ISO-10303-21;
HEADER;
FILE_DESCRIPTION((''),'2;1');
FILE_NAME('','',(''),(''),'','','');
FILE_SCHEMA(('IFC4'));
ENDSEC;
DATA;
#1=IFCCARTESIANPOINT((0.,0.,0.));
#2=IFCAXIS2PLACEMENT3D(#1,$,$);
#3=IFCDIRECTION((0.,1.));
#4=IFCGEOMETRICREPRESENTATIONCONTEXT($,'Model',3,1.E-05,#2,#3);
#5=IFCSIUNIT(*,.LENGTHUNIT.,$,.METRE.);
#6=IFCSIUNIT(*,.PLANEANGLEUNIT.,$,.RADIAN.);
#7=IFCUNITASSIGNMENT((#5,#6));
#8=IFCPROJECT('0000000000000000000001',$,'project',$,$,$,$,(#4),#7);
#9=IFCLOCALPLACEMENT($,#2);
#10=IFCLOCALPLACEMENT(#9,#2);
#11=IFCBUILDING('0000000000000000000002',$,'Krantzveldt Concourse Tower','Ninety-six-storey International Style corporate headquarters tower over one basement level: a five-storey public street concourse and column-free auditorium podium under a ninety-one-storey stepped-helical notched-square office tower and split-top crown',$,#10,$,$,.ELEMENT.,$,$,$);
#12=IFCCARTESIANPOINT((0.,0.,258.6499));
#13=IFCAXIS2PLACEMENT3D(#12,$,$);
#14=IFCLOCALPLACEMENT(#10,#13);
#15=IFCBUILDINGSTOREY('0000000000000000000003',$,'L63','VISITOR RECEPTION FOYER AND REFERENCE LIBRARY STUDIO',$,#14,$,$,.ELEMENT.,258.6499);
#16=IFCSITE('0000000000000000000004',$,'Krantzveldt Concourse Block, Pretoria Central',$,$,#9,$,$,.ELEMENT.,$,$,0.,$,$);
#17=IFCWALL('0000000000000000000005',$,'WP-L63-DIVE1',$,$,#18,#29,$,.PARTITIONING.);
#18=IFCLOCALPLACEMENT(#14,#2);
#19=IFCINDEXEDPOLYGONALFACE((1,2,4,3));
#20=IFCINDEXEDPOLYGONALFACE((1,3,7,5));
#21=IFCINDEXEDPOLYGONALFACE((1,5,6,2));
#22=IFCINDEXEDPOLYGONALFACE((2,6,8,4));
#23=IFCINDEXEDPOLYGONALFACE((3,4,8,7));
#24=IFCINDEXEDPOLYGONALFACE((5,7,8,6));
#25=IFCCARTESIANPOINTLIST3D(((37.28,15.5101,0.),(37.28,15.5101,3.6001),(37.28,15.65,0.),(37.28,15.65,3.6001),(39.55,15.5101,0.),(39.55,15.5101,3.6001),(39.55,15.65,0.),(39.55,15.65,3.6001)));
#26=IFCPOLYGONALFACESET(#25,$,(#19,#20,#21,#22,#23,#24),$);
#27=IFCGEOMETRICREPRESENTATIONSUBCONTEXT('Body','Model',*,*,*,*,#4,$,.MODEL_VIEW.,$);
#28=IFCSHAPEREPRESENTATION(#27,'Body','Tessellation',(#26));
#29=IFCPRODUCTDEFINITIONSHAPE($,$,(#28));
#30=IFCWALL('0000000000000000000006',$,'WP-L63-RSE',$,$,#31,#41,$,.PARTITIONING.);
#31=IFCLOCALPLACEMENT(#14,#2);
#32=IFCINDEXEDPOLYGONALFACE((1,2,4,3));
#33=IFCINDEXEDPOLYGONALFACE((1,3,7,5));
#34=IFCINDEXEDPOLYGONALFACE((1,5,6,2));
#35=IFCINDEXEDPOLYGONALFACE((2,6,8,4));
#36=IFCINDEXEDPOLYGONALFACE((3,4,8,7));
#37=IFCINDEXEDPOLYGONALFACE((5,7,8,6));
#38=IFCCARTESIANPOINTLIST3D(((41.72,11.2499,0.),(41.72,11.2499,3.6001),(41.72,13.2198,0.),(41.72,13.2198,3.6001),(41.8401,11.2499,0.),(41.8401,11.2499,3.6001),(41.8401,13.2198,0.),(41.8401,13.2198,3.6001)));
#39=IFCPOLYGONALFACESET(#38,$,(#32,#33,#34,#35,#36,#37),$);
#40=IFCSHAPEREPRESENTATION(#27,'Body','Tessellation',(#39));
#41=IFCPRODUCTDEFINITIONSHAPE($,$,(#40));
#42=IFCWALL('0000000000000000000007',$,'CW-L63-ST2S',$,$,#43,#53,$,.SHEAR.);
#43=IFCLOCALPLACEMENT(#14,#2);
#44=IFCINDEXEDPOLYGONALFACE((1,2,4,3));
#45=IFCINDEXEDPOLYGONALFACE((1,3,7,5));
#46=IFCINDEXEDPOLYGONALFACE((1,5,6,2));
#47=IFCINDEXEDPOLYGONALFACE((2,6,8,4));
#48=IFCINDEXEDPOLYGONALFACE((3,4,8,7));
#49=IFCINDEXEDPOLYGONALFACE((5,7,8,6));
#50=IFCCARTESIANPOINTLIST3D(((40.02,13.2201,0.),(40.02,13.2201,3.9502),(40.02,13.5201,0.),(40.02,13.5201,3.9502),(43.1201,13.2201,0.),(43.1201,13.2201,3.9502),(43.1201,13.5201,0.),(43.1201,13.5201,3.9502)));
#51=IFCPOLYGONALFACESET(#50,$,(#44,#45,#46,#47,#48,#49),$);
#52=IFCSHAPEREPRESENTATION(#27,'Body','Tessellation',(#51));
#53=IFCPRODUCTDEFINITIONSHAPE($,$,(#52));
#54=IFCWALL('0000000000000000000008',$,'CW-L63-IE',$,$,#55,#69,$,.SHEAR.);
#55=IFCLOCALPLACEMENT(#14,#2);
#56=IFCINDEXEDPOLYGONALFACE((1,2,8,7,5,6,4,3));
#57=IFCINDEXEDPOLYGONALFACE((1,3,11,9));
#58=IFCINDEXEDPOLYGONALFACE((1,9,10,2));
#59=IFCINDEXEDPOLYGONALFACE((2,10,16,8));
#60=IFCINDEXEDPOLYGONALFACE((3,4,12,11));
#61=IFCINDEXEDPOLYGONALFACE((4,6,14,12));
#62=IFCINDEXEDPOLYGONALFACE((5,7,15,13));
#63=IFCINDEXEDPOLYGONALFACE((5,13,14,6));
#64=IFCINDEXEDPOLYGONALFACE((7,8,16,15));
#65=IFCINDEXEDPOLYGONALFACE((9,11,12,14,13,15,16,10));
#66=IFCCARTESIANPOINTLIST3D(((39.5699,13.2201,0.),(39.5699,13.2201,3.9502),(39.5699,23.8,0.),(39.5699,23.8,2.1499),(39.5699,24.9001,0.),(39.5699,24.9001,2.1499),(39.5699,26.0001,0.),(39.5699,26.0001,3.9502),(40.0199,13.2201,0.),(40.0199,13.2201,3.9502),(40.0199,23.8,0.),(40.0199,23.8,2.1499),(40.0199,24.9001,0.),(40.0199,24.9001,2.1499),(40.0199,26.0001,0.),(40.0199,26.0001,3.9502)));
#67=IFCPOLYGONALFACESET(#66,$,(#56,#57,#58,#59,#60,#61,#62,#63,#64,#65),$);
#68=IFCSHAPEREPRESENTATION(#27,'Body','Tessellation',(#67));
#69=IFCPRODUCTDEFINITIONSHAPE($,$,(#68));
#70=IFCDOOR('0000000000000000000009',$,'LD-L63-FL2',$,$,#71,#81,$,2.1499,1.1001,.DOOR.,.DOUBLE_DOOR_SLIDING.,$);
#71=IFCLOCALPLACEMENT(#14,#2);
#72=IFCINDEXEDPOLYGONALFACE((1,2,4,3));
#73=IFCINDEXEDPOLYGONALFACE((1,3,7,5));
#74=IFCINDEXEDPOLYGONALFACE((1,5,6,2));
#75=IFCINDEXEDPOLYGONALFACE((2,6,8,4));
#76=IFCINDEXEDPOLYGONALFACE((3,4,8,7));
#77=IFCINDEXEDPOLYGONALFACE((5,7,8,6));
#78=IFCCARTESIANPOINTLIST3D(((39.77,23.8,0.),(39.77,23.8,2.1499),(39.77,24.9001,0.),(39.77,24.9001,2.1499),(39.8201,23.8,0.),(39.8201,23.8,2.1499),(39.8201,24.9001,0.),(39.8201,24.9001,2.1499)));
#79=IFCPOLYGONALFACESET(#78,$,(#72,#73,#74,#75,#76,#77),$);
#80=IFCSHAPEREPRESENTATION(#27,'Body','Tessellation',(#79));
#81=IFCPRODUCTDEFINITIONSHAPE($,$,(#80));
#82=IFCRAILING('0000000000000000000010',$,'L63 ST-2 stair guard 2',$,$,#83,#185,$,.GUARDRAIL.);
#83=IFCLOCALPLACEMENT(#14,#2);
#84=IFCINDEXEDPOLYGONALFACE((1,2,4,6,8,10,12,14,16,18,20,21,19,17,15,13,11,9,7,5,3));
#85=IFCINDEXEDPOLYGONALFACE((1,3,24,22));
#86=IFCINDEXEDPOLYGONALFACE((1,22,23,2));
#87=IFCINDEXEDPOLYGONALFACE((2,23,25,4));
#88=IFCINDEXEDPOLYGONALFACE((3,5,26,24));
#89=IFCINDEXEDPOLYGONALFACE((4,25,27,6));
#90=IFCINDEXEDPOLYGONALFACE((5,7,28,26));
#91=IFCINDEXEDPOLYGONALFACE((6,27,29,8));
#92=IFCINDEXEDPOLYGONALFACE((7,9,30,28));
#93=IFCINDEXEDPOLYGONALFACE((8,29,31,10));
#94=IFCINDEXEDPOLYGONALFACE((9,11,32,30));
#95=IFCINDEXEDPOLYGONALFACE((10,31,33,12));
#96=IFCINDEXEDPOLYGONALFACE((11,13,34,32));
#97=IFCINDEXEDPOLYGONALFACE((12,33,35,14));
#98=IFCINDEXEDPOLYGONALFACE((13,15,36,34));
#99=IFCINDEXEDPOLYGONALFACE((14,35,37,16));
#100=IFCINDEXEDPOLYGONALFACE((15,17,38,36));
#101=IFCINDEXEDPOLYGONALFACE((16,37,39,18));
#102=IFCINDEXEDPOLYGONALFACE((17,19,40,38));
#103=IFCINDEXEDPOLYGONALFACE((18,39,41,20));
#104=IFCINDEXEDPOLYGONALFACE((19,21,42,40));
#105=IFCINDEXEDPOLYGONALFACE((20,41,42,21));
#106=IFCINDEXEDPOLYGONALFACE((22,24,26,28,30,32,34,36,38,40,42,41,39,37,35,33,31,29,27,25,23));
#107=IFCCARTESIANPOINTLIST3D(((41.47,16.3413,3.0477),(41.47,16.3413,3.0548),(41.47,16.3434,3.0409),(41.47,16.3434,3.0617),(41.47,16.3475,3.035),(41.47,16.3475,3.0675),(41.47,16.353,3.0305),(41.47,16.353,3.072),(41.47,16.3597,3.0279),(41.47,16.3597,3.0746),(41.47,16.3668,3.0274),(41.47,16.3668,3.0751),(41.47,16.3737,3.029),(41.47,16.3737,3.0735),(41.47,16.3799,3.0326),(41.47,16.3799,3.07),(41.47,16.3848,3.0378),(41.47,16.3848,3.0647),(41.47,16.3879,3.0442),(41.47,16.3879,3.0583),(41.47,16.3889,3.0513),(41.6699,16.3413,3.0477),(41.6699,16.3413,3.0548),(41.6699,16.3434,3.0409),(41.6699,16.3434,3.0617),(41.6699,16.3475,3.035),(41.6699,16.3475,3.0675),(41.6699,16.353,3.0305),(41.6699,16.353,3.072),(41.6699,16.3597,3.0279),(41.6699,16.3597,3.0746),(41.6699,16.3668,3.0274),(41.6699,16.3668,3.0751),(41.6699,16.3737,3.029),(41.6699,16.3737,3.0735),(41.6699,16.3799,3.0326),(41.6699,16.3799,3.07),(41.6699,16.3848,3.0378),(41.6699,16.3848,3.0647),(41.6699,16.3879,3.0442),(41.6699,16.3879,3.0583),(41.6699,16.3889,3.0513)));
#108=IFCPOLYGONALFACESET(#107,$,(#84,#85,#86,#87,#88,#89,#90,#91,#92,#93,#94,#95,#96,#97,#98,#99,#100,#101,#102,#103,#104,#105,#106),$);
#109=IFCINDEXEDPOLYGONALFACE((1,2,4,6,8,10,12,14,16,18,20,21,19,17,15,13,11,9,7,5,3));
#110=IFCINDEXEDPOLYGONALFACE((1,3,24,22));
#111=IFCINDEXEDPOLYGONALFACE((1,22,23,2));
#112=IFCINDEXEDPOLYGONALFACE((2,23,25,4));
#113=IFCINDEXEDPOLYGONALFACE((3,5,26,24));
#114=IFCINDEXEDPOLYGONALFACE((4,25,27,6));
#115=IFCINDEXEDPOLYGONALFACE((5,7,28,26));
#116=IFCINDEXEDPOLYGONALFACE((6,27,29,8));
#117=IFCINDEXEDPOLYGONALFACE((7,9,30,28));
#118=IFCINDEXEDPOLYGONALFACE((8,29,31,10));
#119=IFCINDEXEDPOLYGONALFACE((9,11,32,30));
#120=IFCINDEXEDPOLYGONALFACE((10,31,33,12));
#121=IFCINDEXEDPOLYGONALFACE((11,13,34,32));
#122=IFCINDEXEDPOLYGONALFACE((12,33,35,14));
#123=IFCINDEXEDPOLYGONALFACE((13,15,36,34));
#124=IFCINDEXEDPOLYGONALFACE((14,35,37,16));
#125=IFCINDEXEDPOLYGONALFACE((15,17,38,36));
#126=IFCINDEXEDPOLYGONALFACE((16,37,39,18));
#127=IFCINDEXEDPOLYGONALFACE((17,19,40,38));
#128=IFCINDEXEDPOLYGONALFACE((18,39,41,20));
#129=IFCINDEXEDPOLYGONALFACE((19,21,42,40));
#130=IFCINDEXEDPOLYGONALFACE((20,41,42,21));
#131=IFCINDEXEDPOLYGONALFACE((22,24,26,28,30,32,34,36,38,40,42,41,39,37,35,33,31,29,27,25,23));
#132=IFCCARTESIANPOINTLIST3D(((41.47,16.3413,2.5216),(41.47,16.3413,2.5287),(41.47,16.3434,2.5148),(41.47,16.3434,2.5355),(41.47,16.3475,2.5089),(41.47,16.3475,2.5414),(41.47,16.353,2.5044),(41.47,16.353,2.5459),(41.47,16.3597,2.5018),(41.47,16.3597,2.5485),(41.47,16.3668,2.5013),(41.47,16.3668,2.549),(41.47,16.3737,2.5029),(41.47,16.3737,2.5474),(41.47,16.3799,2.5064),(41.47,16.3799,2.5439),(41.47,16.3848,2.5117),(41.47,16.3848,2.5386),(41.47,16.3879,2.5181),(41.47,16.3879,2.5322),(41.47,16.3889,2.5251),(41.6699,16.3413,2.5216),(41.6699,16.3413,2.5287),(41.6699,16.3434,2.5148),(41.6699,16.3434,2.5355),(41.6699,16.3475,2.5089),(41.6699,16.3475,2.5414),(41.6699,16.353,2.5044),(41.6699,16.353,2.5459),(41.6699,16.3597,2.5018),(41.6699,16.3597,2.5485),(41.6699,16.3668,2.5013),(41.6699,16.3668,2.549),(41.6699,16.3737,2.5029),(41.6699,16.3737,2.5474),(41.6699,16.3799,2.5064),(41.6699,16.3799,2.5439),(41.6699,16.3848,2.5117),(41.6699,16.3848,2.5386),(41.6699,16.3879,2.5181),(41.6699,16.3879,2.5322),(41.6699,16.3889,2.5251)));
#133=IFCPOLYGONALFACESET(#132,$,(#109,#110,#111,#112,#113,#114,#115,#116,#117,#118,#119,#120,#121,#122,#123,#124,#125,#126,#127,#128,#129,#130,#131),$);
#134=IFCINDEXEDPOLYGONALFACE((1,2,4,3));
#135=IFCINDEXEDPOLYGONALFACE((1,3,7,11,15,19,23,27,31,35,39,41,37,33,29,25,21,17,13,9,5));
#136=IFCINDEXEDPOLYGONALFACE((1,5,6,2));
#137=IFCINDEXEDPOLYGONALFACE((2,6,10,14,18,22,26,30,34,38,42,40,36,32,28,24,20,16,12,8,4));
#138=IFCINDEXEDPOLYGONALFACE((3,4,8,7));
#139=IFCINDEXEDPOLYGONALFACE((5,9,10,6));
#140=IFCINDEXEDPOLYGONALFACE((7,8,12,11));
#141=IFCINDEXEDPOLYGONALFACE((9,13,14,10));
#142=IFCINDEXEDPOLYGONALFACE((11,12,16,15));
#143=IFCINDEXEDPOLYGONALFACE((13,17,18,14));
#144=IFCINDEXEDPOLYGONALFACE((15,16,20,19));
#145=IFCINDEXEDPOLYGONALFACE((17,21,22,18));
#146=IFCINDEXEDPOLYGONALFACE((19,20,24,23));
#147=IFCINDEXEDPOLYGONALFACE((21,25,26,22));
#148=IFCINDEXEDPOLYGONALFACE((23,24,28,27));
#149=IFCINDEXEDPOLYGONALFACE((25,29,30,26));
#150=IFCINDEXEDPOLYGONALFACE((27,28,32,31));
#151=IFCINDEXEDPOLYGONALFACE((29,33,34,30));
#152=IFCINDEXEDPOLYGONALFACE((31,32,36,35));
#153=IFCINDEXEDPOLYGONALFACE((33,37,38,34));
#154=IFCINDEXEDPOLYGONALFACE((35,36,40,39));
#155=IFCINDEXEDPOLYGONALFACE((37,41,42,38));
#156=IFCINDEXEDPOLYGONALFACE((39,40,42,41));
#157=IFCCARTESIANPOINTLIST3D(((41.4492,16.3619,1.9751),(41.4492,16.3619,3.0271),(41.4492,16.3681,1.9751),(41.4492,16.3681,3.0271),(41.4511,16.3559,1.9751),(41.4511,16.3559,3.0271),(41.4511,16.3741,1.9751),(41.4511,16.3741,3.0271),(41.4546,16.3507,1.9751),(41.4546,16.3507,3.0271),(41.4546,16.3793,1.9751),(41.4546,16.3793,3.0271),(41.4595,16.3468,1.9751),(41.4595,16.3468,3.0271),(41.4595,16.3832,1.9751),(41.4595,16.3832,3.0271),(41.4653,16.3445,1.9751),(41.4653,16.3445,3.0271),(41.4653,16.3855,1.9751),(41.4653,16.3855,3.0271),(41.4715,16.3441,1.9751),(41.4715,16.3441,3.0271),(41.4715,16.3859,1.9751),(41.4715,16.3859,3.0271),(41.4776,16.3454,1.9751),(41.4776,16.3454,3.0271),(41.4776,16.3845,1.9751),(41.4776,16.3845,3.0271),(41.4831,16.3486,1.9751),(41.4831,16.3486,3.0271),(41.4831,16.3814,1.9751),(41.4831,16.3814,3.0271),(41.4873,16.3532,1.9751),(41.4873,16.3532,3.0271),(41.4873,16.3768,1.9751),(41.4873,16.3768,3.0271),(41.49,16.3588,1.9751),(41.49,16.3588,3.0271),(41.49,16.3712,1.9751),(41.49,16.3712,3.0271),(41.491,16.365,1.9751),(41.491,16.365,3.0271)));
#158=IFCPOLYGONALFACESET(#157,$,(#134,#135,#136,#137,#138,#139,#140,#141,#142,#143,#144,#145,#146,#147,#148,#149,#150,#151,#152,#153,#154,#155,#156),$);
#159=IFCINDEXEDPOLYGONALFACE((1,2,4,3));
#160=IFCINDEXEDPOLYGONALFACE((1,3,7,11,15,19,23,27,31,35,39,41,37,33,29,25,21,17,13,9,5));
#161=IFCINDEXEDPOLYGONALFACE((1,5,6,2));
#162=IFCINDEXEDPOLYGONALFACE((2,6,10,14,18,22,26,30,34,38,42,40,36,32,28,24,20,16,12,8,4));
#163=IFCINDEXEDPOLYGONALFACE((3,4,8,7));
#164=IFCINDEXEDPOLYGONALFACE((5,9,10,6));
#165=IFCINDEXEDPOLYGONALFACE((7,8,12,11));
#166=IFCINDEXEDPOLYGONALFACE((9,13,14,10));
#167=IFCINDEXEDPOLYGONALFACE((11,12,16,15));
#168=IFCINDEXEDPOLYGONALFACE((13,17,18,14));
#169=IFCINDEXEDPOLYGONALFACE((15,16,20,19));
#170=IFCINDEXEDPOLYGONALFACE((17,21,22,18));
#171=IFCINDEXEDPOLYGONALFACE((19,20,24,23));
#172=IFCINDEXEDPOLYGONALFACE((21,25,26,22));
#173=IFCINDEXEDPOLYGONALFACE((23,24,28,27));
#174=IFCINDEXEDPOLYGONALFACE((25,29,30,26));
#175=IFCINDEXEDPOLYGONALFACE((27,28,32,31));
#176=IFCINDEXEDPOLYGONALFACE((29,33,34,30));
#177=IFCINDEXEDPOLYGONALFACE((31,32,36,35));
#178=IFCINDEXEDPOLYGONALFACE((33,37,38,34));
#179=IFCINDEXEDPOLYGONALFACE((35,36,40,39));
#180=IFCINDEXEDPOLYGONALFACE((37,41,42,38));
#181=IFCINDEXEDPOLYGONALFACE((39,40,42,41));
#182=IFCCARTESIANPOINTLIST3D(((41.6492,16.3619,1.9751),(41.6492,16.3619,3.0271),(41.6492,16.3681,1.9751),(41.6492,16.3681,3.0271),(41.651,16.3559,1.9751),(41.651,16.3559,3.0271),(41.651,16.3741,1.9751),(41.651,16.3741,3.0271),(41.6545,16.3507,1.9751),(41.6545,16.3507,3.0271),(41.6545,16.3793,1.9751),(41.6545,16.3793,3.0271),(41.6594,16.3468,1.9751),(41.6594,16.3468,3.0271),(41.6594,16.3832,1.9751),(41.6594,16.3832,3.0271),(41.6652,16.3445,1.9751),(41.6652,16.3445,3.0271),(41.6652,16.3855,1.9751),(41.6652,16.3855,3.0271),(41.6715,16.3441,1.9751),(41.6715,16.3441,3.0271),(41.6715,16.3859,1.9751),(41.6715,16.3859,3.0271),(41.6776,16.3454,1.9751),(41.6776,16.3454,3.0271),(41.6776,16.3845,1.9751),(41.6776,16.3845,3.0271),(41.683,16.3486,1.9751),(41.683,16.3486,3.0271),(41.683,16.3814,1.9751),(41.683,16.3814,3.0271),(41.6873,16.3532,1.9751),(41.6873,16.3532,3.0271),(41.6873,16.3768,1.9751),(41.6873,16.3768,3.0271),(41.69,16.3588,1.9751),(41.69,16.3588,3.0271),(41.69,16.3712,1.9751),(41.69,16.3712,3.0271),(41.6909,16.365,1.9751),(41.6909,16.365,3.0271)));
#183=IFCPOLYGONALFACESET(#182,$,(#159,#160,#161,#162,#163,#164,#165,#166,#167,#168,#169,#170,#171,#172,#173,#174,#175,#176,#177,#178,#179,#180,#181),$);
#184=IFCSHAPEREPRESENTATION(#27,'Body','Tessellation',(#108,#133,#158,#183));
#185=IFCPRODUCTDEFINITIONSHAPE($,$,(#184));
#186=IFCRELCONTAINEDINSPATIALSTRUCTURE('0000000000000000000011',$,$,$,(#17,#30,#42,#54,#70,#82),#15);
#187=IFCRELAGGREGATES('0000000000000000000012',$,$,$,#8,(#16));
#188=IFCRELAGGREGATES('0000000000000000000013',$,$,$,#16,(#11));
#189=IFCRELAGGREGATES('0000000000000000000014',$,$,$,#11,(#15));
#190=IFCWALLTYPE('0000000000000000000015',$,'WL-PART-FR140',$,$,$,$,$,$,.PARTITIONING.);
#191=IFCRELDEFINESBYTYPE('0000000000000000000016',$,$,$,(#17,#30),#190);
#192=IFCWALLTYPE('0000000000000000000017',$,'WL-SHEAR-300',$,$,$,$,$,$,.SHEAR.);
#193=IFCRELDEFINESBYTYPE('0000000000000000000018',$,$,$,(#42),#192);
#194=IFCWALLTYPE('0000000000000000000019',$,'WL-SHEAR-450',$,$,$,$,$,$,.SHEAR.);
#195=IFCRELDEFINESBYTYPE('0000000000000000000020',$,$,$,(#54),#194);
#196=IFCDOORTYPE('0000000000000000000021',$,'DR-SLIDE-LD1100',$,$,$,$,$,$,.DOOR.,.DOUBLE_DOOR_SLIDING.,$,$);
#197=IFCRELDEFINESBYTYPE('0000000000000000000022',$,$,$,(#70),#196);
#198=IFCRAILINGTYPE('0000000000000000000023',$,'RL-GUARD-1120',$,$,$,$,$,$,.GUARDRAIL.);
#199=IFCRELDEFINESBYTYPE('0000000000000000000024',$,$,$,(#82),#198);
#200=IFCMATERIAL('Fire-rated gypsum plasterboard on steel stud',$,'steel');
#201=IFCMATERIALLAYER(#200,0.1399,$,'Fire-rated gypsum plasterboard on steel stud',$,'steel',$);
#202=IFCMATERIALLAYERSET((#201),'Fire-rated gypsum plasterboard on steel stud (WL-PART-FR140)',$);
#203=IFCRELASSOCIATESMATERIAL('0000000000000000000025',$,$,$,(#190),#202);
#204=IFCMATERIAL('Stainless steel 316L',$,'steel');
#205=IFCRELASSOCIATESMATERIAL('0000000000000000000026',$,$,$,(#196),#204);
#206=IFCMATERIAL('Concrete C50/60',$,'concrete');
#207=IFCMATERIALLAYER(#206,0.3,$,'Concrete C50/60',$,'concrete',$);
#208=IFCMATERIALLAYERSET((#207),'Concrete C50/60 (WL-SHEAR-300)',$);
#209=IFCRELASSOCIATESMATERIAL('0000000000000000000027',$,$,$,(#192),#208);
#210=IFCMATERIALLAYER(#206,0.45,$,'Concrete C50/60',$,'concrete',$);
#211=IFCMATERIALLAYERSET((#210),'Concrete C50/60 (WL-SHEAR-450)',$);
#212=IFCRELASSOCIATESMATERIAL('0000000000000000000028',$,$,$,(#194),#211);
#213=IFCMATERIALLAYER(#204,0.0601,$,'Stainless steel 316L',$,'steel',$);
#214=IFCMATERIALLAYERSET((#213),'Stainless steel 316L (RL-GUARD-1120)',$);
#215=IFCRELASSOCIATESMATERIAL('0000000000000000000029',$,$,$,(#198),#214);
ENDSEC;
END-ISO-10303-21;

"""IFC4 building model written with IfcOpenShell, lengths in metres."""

from ifc_helpers import new_model, si_unit, direction, frame, frame_2d, origin, origin_2d, place, context, subcontext, project, spatial, rectangle, circle, extrude, material, layer, layer_set, type_object, element, fill, save


model = new_model("IFC4")

# Units and contexts
model_context = context("Model", 3, precision=1e-05, world=origin(), true_north=direction((0.0, 1.0)))
body_context = subcontext(model_context, "Body", "Model", "MODEL_VIEW")
ifc_project = project(units=[si_unit("LENGTHUNIT", "METRE"), si_unit("PLANEANGLEUNIT", "RADIAN")], contexts=[model_context])

# Site, building, storey
site_placement = place(None, origin())
site = spatial("IfcSite", under=ifc_project, at=site_placement, Name="Krantzveldt Concourse Block, Pretoria Central", CompositionType="ELEMENT", RefElevation=0.0)
building_placement = place(site_placement, origin())
building = spatial("IfcBuilding", under=site, at=building_placement, Name="Krantzveldt Concourse Tower", Description="Ninety-six-storey International Style corporate headquarters tower over one basement level: a five-storey public street concourse and column-free auditorium podium under a ninety-one-storey stepped-helical notched-square office tower and split-top crown", CompositionType="ELEMENT")
storey_placement = place(building_placement, frame((0.0, 0.0, 258.6499)))
storey = spatial("IfcBuildingStorey", under=building, at=storey_placement, Name="L63", Description="VISITOR RECEPTION FOYER AND REFERENCE LIBRARY STUDIO", CompositionType="ELEMENT", Elevation=258.6499)

# Shared definitions
ifc_material_1 = material(Name="Fire-rated gypsum plasterboard on steel stud", Category="steel")

# Shared definitions
ifc_layer_1 = layer(ifc_material_1, 0.1399, Name="Fire-rated gypsum plasterboard on steel stud", Category="steel")
ifc_layer_set_1 = layer_set([ifc_layer_1], Name="Fire-rated gypsum plasterboard on steel stud (WL-PART-FR140)")
wall_type_1 = type_object("IfcWallType", Name="WL-PART-FR140", PredefinedType="PARTITIONING", material=ifc_layer_set_1)

# Shared definitions
ifc_material_2 = material(Name="Stainless steel 316L", Category="steel")
door_type_1 = type_object("IfcDoorType", Name="DR-SLIDE-LD1100", OperationType="DOUBLE_DOOR_SLIDING", PredefinedType="DOOR", material=ifc_material_2)

# Walls
wall_1_placement = place(storey_placement, frame((37.28, 15.5801, 0.0), z_axis=(0.0, 0.0, 1.0), x_axis=(1.0, 0.0, 0.0)))
element("IfcWall", 1, at=wall_1_placement, inside=storey, type_object=wall_type_1, Name="WP-L63-DIVE1", PredefinedType="PARTITIONING", context=body_context, shape_type="SweptSolid", body=[
    extrude(rectangle(XDim=2.27, YDim=0.1399, at=frame_2d((1.135, 0.0))), origin(), (0.0, 0.0, 1.0), 3.6001),
])
wall_2_placement = place(storey_placement, frame((41.78, 11.25, 0.0), z_axis=(0.0, 0.0, 1.0), x_axis=(0.0, 1.0, 0.0)))
element("IfcWall", 2, at=wall_2_placement, inside=storey, type_object=wall_type_1, Name="WP-L63-RSE", PredefinedType="PARTITIONING", context=body_context, shape_type="SweptSolid", body=[
    extrude(rectangle(XDim=1.97, YDim=0.1201, at=frame_2d((0.9849, 0.0))), origin(), (0.0, 0.0, 1.0), 3.6001),
])
ifc_material_3 = material(Name="Concrete C50/60", Category="concrete")
ifc_layer_2 = layer(ifc_material_3, 0.3, Name="Concrete C50/60", Category="concrete")
ifc_layer_set_2 = layer_set([ifc_layer_2], Name="Concrete C50/60 (WL-SHEAR-300)")
wall_type_2 = type_object("IfcWallType", Name="WL-SHEAR-300", PredefinedType="SHEAR", material=ifc_layer_set_2)
wall_3_placement = place(storey_placement, frame((40.02, 13.3701, 0.0), z_axis=(0.0, 0.0, 1.0), x_axis=(1.0, 0.0, 0.0)))
element("IfcWall", 3, at=wall_3_placement, inside=storey, type_object=wall_type_2, Name="CW-L63-ST2S", PredefinedType="SHEAR", context=body_context, shape_type="SweptSolid", body=[
    extrude(rectangle(XDim=3.1001, YDim=0.3, at=frame_2d((1.55, 0.0))), origin(), (0.0, 0.0, 1.0), 3.9502),
])

# Wall, opening, door
ifc_layer_3 = layer(ifc_material_3, 0.45, Name="Concrete C50/60", Category="concrete")
ifc_layer_set_3 = layer_set([ifc_layer_3], Name="Concrete C50/60 (WL-SHEAR-450)")
wall_type_3 = type_object("IfcWallType", Name="WL-SHEAR-450", PredefinedType="SHEAR", material=ifc_layer_set_3)
wall_4_placement = place(storey_placement, frame((39.7949, 13.22, 0.0), z_axis=(0.0, 0.0, 1.0), x_axis=(0.0, 1.0, 0.0)))
wall_4 = element("IfcWall", 4, at=wall_4_placement, inside=storey, type_object=wall_type_3, Name="CW-L63-IE", PredefinedType="SHEAR", context=body_context, shape_type="SweptSolid", body=[
    extrude(rectangle(XDim=12.78, YDim=0.45, at=frame_2d((6.3901, 0.0))), origin(), (0.0, 0.0, 1.0), 3.9502),
])
opening_1_placement = place(wall_4_placement, frame((10.5801, 0.0, 0.0)))
opening_1 = element("IfcOpeningElement", 5, at=opening_1_placement, cuts=wall_4, PredefinedType="OPENING", context=body_context, shape_type="SweptSolid", body=[
    extrude(rectangle(XDim=1.1001, YDim=2.1499, at=frame_2d((0.55, 1.075))), frame((0.0, 0.2349, 0.0), z_axis=(0.0, -1.0, 0.0), x_axis=(1.0, 0.0, 0.0)), (0.0, 0.0, 1.0), 0.47),
])
door_1_placement = place(opening_1_placement, origin())
door_1 = element("IfcDoor", 6, at=door_1_placement, inside=storey, type_object=door_type_1, Name="LD-L63-FL2", OperationType="DOUBLE_DOOR_SLIDING", OverallHeight=2.1499, OverallWidth=1.1001, PredefinedType="DOOR", context=body_context, shape_type="SweptSolid", body=[
    extrude(rectangle(XDim=1.1001, YDim=2.1499, at=frame_2d((0.55, 1.075))), frame((0.0, 0.0249, 0.0), z_axis=(0.0, -1.0, 0.0), x_axis=(1.0, 0.0, 0.0)), (0.0, 0.0, 1.0), 0.05),
])
fill(opening_1, door_1)

# Railing
ifc_layer_4 = layer(ifc_material_2, 0.0601, Name="Stainless steel 316L", Category="steel")
ifc_layer_set_4 = layer_set([ifc_layer_4], Name="Stainless steel 316L (RL-GUARD-1120)")
railing_type = type_object("IfcRailingType", Name="RL-GUARD-1120", PredefinedType="GUARDRAIL", material=ifc_layer_set_4)
railing_placement = place(storey_placement, frame((41.47, 16.365, 1.9751)))
element("IfcRailing", 7, at=railing_placement, inside=storey, type_object=railing_type, Name="L63 ST-2 stair guard 2", PredefinedType="GUARDRAIL", context=body_context, shape_type="SweptSolid", body=[
    extrude(circle(Radius=0.0239, at=origin_2d()), frame((0.0, 0.0, 1.0762), z_axis=(1.0, 0.0, 0.0), x_axis=(0.0, 1.0, 0.0)), (0.0, 0.0, 1.0), 0.2),
    extrude(circle(Radius=0.0239, at=origin_2d()), frame((0.0, 0.0, 0.55), z_axis=(1.0, 0.0, 0.0), x_axis=(0.0, 1.0, 0.0)), (0.0, 0.0, 1.0), 0.2),
    extrude(circle(Radius=0.021, at=origin_2d()), origin(), (0.0, 0.0, 1.0), 1.052),
    extrude(circle(Radius=0.021, at=origin_2d()), frame((0.2, 0.0, 0.0)), (0.0, 0.0, 1.0), 1.052),
])

save(model, "model.ifc")
